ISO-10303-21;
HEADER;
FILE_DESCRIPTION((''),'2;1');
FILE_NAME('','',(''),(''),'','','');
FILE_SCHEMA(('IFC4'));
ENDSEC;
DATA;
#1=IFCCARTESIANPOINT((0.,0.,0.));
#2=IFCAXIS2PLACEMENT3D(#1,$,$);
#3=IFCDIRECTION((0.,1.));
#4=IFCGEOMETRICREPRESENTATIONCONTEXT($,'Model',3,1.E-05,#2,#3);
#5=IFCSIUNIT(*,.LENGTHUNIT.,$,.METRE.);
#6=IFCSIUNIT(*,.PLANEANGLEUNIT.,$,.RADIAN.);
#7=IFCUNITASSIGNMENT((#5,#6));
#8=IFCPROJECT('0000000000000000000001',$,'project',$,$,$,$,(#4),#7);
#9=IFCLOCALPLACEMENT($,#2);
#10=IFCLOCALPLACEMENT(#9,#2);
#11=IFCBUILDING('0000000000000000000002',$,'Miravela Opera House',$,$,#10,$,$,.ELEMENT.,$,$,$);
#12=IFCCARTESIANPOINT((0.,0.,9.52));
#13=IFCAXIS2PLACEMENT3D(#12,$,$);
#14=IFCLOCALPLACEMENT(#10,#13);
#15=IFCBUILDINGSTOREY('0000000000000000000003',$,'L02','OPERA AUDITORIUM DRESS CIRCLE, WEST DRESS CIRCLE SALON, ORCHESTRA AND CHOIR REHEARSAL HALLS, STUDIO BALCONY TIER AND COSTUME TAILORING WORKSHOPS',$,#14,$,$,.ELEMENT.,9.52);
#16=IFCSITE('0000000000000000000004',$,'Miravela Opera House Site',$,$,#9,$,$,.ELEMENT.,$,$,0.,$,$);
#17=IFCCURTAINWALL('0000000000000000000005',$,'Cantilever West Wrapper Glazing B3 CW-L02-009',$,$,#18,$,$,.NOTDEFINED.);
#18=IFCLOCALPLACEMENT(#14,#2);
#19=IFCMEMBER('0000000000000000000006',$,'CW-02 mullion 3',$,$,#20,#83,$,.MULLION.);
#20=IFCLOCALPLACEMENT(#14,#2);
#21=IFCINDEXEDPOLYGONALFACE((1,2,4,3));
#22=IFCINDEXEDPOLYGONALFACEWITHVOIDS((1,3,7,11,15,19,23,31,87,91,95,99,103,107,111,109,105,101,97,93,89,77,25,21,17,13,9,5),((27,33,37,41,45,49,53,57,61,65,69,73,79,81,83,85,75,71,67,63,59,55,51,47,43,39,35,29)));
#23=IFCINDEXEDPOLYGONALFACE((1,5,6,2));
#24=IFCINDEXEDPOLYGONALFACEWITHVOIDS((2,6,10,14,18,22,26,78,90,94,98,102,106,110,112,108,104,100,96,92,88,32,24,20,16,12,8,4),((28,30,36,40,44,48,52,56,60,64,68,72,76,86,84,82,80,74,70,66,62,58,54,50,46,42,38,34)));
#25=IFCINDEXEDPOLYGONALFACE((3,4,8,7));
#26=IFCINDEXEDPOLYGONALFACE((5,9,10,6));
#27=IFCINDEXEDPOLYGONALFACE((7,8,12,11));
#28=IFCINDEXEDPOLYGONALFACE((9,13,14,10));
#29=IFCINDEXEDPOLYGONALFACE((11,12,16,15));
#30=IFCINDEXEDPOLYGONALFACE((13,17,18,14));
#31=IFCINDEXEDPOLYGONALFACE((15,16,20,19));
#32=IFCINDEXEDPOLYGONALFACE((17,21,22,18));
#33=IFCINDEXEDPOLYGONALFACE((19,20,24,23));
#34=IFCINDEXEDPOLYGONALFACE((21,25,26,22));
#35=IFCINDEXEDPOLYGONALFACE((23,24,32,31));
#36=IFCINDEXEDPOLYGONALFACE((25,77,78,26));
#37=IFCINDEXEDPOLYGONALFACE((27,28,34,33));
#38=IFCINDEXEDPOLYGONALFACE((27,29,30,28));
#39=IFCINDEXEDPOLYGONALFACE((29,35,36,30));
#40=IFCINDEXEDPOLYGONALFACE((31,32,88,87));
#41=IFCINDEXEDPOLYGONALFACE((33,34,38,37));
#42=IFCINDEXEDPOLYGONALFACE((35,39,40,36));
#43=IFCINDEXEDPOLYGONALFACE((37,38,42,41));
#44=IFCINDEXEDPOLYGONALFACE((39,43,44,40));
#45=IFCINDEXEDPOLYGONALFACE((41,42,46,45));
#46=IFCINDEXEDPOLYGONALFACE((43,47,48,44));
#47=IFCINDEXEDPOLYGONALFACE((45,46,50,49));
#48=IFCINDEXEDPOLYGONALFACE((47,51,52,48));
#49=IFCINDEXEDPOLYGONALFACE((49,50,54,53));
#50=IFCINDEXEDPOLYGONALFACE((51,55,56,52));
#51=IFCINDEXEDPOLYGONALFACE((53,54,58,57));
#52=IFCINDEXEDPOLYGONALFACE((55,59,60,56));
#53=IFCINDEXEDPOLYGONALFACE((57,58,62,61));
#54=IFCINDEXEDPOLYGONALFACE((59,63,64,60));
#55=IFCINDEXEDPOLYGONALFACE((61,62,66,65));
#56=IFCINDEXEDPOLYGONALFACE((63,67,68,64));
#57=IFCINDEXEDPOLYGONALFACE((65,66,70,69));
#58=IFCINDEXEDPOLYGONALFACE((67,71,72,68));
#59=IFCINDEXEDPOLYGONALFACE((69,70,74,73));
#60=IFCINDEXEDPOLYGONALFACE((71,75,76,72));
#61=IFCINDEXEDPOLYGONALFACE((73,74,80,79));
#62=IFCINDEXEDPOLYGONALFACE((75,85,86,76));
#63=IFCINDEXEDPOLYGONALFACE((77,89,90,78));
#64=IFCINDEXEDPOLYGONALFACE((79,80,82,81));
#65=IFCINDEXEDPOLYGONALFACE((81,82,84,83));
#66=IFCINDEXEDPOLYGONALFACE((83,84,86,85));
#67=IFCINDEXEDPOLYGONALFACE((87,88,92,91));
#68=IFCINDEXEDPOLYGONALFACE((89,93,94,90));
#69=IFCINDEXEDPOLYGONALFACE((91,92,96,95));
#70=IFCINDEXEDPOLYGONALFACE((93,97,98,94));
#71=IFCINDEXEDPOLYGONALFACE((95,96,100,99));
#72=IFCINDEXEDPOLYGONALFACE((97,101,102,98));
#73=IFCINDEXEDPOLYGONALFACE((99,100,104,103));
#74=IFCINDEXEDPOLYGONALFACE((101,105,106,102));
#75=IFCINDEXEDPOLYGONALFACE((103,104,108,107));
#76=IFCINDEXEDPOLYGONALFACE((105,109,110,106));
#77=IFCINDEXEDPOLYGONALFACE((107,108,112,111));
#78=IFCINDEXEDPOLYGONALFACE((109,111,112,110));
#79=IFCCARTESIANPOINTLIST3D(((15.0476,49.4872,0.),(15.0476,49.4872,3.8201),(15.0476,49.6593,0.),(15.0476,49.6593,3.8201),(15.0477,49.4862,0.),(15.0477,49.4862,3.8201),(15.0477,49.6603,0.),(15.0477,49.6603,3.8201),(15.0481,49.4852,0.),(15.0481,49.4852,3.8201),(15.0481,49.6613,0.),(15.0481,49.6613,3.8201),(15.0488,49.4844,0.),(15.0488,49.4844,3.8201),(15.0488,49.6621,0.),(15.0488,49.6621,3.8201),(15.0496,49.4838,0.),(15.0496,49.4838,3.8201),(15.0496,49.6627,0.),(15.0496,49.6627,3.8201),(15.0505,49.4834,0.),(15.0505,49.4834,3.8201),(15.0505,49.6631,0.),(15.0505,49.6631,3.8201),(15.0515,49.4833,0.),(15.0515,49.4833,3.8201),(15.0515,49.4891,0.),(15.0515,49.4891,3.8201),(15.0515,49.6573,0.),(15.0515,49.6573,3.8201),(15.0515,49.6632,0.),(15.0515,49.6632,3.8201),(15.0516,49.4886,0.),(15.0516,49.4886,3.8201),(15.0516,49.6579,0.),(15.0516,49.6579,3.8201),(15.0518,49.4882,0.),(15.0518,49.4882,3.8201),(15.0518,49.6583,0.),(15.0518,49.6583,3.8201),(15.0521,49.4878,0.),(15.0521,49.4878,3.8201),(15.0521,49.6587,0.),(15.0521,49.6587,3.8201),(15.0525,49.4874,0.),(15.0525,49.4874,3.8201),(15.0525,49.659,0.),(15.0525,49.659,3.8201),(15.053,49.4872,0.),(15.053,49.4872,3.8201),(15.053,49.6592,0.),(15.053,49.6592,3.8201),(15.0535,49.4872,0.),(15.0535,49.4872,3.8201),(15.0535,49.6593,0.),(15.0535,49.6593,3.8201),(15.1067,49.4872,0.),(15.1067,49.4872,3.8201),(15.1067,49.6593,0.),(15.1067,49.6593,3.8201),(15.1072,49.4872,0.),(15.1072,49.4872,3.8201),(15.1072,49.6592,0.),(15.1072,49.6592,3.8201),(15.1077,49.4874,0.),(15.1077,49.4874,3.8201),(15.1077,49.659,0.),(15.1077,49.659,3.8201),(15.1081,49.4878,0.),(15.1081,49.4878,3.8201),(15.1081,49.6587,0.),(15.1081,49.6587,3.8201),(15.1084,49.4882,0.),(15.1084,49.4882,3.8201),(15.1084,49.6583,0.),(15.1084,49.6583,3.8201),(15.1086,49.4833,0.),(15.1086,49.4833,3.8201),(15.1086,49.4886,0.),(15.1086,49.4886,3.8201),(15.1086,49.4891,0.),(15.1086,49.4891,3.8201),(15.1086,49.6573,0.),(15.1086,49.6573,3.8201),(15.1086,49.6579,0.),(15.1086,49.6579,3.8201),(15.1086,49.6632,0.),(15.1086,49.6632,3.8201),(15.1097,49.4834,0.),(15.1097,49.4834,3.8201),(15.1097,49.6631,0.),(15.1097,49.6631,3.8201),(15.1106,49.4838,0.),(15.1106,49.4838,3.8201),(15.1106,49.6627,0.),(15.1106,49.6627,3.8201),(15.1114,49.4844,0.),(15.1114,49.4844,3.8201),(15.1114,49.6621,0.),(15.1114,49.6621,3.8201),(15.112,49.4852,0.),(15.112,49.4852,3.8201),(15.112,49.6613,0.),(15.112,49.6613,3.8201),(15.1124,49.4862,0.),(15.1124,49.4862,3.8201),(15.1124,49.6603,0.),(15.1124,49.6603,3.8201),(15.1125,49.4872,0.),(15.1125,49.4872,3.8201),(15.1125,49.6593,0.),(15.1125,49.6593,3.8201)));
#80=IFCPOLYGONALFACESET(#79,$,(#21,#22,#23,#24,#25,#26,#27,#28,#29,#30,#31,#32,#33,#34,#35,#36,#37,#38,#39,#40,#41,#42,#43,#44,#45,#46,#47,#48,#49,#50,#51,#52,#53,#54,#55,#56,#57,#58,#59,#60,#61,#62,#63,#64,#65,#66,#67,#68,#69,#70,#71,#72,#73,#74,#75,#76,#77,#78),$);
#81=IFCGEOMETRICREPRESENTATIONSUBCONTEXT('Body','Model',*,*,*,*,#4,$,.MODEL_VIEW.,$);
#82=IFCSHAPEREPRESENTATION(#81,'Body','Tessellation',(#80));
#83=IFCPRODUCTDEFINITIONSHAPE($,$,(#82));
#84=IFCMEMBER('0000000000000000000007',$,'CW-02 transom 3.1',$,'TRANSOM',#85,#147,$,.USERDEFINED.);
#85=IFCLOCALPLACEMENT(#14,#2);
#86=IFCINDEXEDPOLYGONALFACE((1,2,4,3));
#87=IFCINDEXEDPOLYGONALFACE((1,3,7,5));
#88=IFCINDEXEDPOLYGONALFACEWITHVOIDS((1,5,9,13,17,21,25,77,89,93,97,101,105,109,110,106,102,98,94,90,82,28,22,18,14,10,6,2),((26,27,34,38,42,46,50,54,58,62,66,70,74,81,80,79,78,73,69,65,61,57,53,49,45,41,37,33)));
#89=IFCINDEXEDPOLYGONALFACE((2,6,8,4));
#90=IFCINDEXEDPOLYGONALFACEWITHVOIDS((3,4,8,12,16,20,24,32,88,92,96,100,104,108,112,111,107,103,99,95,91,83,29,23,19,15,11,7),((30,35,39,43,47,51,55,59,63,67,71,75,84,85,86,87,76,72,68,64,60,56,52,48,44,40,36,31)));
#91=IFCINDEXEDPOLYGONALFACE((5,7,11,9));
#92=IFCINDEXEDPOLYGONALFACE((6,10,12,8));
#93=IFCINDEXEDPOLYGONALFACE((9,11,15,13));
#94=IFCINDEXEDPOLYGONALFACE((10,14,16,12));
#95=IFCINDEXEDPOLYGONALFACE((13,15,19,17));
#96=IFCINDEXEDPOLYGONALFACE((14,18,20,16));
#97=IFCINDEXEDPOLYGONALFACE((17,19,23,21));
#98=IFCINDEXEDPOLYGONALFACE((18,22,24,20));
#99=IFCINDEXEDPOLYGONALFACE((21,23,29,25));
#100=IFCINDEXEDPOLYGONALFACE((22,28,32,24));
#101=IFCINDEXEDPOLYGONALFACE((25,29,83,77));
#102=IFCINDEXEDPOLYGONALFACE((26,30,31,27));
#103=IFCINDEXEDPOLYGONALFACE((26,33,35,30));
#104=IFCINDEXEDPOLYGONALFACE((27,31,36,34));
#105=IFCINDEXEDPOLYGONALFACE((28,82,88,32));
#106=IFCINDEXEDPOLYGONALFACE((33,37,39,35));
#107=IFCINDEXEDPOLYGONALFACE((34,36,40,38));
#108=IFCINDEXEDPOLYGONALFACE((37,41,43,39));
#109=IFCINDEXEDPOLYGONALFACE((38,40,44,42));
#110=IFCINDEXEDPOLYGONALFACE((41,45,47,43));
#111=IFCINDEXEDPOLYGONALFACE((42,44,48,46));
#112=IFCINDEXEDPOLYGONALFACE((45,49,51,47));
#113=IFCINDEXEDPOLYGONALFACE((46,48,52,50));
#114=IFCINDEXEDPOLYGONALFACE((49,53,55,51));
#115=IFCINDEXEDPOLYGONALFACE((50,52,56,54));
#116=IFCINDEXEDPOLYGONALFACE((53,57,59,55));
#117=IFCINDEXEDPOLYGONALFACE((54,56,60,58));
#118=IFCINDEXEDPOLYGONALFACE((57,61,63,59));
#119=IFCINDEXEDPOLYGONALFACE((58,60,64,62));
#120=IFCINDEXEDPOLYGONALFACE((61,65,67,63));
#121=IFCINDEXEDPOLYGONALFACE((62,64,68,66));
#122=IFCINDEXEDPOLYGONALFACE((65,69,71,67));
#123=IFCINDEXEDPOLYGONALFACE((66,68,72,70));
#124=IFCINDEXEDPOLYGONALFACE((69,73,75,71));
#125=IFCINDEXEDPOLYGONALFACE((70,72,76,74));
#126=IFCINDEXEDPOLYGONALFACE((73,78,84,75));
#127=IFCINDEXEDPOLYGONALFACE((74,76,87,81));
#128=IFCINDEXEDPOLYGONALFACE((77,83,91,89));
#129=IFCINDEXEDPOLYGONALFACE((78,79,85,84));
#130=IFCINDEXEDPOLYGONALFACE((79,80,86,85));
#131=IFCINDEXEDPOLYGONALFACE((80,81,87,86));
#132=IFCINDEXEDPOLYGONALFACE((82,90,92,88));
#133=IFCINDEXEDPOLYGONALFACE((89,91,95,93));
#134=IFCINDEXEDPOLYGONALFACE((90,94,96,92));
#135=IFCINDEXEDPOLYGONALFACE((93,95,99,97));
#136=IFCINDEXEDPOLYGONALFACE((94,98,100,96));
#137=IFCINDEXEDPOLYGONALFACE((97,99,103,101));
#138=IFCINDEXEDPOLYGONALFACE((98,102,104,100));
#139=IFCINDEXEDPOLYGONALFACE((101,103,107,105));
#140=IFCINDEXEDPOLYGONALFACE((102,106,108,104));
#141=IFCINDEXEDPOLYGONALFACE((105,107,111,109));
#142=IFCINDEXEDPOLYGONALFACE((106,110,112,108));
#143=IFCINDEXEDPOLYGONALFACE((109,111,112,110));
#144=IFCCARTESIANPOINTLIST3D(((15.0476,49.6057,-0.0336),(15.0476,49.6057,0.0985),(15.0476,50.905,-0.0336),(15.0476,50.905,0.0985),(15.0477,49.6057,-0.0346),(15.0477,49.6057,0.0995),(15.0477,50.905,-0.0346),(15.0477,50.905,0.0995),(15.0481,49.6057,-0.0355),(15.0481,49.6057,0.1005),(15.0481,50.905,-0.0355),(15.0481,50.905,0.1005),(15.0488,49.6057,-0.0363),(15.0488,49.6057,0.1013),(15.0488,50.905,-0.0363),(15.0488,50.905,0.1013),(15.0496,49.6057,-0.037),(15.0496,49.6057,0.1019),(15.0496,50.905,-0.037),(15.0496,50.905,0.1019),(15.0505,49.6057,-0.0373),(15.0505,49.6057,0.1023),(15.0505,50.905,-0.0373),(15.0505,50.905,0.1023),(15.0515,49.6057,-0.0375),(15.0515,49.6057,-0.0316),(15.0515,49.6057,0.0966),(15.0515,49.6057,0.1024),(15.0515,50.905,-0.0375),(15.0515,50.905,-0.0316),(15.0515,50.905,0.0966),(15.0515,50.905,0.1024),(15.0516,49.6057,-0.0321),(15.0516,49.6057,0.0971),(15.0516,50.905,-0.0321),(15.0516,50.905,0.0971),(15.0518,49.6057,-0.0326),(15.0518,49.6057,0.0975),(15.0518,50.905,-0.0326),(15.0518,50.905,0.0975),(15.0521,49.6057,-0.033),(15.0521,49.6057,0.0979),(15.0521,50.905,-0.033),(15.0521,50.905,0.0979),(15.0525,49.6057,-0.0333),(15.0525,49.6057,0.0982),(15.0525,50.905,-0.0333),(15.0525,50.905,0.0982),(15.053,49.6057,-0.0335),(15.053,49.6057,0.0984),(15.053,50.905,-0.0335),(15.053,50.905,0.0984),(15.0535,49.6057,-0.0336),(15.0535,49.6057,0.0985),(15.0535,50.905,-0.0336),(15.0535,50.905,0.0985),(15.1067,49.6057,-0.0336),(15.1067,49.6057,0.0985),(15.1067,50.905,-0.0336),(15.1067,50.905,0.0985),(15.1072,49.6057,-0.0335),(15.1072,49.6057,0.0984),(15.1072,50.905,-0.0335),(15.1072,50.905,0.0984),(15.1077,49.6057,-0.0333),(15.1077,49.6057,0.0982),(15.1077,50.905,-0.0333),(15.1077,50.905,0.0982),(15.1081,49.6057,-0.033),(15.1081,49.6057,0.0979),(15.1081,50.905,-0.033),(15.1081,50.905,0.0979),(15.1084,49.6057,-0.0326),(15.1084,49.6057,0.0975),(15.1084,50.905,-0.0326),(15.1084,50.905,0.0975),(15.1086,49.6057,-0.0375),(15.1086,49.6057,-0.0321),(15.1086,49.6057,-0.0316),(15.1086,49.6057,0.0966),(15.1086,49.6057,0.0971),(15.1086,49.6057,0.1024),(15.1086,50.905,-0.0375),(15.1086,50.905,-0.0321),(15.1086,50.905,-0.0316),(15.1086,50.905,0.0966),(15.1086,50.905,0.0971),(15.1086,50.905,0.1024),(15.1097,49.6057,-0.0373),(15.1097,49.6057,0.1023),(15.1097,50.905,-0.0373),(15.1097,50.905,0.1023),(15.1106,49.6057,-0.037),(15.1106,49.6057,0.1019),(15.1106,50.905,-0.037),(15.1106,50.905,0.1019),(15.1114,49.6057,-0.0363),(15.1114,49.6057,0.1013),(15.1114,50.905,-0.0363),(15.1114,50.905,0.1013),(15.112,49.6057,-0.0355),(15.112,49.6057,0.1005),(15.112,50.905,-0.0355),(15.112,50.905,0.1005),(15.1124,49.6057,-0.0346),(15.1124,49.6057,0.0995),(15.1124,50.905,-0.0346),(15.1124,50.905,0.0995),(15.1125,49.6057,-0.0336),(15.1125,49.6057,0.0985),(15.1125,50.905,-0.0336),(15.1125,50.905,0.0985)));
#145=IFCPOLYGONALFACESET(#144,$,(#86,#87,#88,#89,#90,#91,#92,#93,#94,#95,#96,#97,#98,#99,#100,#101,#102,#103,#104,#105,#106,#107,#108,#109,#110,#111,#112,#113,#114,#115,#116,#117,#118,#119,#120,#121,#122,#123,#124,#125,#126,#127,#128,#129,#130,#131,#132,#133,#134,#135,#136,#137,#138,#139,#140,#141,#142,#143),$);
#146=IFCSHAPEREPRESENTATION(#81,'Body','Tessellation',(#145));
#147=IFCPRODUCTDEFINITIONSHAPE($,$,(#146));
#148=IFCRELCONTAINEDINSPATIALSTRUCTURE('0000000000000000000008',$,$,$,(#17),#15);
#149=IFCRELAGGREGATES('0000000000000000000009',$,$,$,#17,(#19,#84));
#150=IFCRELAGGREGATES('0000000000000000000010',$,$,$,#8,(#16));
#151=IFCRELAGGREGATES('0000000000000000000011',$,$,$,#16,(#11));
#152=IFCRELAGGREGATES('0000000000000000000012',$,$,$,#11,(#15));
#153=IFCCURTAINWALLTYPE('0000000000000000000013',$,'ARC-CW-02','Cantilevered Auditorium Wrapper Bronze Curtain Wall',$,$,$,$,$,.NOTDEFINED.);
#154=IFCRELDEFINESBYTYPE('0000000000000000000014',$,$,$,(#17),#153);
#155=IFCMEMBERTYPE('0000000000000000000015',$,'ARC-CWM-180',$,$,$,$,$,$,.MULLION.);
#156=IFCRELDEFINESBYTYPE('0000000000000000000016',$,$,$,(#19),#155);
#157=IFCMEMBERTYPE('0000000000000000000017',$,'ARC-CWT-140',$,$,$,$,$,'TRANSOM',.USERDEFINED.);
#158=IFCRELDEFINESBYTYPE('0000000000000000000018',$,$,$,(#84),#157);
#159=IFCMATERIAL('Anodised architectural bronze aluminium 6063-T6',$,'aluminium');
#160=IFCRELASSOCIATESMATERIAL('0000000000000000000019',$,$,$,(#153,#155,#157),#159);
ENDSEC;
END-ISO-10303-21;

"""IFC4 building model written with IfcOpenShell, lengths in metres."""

from ifc_helpers import new_model, si_unit, direction, frame, origin, origin_2d, place, context, subcontext, project, spatial, hollow_rectangle, extrude, material, material_profile, profile_set, type_object, element, aggregate, save


model = new_model("IFC4")

# Units and contexts
model_context = context("Model", 3, precision=1e-05, world=origin(), true_north=direction((0.0, 1.0)))
body_context = subcontext(model_context, "Body", "Model", "MODEL_VIEW")
ifc_project = project(units=[si_unit("LENGTHUNIT", "METRE"), si_unit("PLANEANGLEUNIT", "RADIAN")], contexts=[model_context])

# Site, building, storey
site_placement = place(None, origin())
site = spatial("IfcSite", under=ifc_project, at=site_placement, Name="Miravela Opera House Site", CompositionType="ELEMENT", RefElevation=0.0)
building_placement = place(site_placement, origin())
building = spatial("IfcBuilding", under=site, at=building_placement, Name="Miravela Opera House", CompositionType="ELEMENT")
storey_placement = place(building_placement, frame((0.0, 0.0, 9.52)))
storey = spatial("IfcBuildingStorey", under=building, at=storey_placement, Name="L02", Description="OPERA AUDITORIUM DRESS CIRCLE, WEST DRESS CIRCLE SALON, ORCHESTRA AND CHOIR REHEARSAL HALLS, STUDIO BALCONY TIER AND COSTUME TAILORING WORKSHOPS", CompositionType="ELEMENT", Elevation=9.52)

# Curtain wall, members
ifc_material_1 = material(Name="Anodised architectural bronze aluminium 6063-T6", Category="aluminium")
curtain_wall_type = type_object("IfcCurtainWallType", Name="ARC-CW-02", Description="Cantilevered Auditorium Wrapper Bronze Curtain Wall", PredefinedType="NOTDEFINED", material=ifc_material_1)
curtain_wall_placement = place(storey_placement, origin())
curtain_wall = element("IfcCurtainWall", 1, at=curtain_wall_placement, inside=storey, type_object=curtain_wall_type, Name="Cantilever West Wrapper Glazing B3 CW-L02-009", PredefinedType="NOTDEFINED")
ifc_material_profile_1 = material_profile(ifc_material_1, hollow_rectangle(XDim=0.0649, YDim=0.1799, WallThickness=0.0039, InnerFilletRadius=0.002, OuterFilletRadius=0.0039, at=origin_2d()), Name="CWM-65X180")
ifc_profile_set_1 = profile_set([ifc_material_profile_1])
member_type_1 = type_object("IfcMemberType", Name="ARC-CWM-180", PredefinedType="MULLION", material=ifc_profile_set_1)
member_1_placement = place(storey_placement, frame((15.0801, 49.5732, 0.0), z_axis=(0.0, 0.0, 1.0), x_axis=(-1.0, 0.0, 0.0)))
member_1 = element("IfcMember", 2, at=member_1_placement, type_object=member_type_1, Name="CW-02 mullion 3", PredefinedType="MULLION", context=body_context, shape_type="SweptSolid", body=[
    extrude(hollow_rectangle(XDim=0.0649, YDim=0.1799, WallThickness=0.0039, InnerFilletRadius=0.002, OuterFilletRadius=0.0039, at=origin_2d()), origin(), (0.0, 0.0, 1.0), 3.8201),
])
ifc_material_profile_2 = material_profile(ifc_material_1, hollow_rectangle(XDim=0.0649, YDim=0.1399, WallThickness=0.0039, InnerFilletRadius=0.002, OuterFilletRadius=0.0039, at=origin_2d()), Name="CWT-65X140")
ifc_profile_set_2 = profile_set([ifc_material_profile_2])
member_type_2 = type_object("IfcMemberType", Name="ARC-CWT-140", ElementType="TRANSOM", PredefinedType="USERDEFINED", material=ifc_profile_set_2)
member_2_placement = place(storey_placement, frame((15.0801, 49.6057, 0.0325), z_axis=(0.0, 1.0, 0.0), x_axis=(-1.0, 0.0, 0.0)))
member_2 = element("IfcMember", 3, at=member_2_placement, type_object=member_type_2, Name="CW-02 transom 3.1", ObjectType="TRANSOM", PredefinedType="USERDEFINED", context=body_context, shape_type="SweptSolid", body=[
    extrude(hollow_rectangle(XDim=0.0649, YDim=0.1399, WallThickness=0.0039, InnerFilletRadius=0.002, OuterFilletRadius=0.0039, at=origin_2d()), origin(), (0.0, 0.0, 1.0), 1.2993),
])

aggregate(curtain_wall, [member_1, member_2])

save(model, "model.ifc")
